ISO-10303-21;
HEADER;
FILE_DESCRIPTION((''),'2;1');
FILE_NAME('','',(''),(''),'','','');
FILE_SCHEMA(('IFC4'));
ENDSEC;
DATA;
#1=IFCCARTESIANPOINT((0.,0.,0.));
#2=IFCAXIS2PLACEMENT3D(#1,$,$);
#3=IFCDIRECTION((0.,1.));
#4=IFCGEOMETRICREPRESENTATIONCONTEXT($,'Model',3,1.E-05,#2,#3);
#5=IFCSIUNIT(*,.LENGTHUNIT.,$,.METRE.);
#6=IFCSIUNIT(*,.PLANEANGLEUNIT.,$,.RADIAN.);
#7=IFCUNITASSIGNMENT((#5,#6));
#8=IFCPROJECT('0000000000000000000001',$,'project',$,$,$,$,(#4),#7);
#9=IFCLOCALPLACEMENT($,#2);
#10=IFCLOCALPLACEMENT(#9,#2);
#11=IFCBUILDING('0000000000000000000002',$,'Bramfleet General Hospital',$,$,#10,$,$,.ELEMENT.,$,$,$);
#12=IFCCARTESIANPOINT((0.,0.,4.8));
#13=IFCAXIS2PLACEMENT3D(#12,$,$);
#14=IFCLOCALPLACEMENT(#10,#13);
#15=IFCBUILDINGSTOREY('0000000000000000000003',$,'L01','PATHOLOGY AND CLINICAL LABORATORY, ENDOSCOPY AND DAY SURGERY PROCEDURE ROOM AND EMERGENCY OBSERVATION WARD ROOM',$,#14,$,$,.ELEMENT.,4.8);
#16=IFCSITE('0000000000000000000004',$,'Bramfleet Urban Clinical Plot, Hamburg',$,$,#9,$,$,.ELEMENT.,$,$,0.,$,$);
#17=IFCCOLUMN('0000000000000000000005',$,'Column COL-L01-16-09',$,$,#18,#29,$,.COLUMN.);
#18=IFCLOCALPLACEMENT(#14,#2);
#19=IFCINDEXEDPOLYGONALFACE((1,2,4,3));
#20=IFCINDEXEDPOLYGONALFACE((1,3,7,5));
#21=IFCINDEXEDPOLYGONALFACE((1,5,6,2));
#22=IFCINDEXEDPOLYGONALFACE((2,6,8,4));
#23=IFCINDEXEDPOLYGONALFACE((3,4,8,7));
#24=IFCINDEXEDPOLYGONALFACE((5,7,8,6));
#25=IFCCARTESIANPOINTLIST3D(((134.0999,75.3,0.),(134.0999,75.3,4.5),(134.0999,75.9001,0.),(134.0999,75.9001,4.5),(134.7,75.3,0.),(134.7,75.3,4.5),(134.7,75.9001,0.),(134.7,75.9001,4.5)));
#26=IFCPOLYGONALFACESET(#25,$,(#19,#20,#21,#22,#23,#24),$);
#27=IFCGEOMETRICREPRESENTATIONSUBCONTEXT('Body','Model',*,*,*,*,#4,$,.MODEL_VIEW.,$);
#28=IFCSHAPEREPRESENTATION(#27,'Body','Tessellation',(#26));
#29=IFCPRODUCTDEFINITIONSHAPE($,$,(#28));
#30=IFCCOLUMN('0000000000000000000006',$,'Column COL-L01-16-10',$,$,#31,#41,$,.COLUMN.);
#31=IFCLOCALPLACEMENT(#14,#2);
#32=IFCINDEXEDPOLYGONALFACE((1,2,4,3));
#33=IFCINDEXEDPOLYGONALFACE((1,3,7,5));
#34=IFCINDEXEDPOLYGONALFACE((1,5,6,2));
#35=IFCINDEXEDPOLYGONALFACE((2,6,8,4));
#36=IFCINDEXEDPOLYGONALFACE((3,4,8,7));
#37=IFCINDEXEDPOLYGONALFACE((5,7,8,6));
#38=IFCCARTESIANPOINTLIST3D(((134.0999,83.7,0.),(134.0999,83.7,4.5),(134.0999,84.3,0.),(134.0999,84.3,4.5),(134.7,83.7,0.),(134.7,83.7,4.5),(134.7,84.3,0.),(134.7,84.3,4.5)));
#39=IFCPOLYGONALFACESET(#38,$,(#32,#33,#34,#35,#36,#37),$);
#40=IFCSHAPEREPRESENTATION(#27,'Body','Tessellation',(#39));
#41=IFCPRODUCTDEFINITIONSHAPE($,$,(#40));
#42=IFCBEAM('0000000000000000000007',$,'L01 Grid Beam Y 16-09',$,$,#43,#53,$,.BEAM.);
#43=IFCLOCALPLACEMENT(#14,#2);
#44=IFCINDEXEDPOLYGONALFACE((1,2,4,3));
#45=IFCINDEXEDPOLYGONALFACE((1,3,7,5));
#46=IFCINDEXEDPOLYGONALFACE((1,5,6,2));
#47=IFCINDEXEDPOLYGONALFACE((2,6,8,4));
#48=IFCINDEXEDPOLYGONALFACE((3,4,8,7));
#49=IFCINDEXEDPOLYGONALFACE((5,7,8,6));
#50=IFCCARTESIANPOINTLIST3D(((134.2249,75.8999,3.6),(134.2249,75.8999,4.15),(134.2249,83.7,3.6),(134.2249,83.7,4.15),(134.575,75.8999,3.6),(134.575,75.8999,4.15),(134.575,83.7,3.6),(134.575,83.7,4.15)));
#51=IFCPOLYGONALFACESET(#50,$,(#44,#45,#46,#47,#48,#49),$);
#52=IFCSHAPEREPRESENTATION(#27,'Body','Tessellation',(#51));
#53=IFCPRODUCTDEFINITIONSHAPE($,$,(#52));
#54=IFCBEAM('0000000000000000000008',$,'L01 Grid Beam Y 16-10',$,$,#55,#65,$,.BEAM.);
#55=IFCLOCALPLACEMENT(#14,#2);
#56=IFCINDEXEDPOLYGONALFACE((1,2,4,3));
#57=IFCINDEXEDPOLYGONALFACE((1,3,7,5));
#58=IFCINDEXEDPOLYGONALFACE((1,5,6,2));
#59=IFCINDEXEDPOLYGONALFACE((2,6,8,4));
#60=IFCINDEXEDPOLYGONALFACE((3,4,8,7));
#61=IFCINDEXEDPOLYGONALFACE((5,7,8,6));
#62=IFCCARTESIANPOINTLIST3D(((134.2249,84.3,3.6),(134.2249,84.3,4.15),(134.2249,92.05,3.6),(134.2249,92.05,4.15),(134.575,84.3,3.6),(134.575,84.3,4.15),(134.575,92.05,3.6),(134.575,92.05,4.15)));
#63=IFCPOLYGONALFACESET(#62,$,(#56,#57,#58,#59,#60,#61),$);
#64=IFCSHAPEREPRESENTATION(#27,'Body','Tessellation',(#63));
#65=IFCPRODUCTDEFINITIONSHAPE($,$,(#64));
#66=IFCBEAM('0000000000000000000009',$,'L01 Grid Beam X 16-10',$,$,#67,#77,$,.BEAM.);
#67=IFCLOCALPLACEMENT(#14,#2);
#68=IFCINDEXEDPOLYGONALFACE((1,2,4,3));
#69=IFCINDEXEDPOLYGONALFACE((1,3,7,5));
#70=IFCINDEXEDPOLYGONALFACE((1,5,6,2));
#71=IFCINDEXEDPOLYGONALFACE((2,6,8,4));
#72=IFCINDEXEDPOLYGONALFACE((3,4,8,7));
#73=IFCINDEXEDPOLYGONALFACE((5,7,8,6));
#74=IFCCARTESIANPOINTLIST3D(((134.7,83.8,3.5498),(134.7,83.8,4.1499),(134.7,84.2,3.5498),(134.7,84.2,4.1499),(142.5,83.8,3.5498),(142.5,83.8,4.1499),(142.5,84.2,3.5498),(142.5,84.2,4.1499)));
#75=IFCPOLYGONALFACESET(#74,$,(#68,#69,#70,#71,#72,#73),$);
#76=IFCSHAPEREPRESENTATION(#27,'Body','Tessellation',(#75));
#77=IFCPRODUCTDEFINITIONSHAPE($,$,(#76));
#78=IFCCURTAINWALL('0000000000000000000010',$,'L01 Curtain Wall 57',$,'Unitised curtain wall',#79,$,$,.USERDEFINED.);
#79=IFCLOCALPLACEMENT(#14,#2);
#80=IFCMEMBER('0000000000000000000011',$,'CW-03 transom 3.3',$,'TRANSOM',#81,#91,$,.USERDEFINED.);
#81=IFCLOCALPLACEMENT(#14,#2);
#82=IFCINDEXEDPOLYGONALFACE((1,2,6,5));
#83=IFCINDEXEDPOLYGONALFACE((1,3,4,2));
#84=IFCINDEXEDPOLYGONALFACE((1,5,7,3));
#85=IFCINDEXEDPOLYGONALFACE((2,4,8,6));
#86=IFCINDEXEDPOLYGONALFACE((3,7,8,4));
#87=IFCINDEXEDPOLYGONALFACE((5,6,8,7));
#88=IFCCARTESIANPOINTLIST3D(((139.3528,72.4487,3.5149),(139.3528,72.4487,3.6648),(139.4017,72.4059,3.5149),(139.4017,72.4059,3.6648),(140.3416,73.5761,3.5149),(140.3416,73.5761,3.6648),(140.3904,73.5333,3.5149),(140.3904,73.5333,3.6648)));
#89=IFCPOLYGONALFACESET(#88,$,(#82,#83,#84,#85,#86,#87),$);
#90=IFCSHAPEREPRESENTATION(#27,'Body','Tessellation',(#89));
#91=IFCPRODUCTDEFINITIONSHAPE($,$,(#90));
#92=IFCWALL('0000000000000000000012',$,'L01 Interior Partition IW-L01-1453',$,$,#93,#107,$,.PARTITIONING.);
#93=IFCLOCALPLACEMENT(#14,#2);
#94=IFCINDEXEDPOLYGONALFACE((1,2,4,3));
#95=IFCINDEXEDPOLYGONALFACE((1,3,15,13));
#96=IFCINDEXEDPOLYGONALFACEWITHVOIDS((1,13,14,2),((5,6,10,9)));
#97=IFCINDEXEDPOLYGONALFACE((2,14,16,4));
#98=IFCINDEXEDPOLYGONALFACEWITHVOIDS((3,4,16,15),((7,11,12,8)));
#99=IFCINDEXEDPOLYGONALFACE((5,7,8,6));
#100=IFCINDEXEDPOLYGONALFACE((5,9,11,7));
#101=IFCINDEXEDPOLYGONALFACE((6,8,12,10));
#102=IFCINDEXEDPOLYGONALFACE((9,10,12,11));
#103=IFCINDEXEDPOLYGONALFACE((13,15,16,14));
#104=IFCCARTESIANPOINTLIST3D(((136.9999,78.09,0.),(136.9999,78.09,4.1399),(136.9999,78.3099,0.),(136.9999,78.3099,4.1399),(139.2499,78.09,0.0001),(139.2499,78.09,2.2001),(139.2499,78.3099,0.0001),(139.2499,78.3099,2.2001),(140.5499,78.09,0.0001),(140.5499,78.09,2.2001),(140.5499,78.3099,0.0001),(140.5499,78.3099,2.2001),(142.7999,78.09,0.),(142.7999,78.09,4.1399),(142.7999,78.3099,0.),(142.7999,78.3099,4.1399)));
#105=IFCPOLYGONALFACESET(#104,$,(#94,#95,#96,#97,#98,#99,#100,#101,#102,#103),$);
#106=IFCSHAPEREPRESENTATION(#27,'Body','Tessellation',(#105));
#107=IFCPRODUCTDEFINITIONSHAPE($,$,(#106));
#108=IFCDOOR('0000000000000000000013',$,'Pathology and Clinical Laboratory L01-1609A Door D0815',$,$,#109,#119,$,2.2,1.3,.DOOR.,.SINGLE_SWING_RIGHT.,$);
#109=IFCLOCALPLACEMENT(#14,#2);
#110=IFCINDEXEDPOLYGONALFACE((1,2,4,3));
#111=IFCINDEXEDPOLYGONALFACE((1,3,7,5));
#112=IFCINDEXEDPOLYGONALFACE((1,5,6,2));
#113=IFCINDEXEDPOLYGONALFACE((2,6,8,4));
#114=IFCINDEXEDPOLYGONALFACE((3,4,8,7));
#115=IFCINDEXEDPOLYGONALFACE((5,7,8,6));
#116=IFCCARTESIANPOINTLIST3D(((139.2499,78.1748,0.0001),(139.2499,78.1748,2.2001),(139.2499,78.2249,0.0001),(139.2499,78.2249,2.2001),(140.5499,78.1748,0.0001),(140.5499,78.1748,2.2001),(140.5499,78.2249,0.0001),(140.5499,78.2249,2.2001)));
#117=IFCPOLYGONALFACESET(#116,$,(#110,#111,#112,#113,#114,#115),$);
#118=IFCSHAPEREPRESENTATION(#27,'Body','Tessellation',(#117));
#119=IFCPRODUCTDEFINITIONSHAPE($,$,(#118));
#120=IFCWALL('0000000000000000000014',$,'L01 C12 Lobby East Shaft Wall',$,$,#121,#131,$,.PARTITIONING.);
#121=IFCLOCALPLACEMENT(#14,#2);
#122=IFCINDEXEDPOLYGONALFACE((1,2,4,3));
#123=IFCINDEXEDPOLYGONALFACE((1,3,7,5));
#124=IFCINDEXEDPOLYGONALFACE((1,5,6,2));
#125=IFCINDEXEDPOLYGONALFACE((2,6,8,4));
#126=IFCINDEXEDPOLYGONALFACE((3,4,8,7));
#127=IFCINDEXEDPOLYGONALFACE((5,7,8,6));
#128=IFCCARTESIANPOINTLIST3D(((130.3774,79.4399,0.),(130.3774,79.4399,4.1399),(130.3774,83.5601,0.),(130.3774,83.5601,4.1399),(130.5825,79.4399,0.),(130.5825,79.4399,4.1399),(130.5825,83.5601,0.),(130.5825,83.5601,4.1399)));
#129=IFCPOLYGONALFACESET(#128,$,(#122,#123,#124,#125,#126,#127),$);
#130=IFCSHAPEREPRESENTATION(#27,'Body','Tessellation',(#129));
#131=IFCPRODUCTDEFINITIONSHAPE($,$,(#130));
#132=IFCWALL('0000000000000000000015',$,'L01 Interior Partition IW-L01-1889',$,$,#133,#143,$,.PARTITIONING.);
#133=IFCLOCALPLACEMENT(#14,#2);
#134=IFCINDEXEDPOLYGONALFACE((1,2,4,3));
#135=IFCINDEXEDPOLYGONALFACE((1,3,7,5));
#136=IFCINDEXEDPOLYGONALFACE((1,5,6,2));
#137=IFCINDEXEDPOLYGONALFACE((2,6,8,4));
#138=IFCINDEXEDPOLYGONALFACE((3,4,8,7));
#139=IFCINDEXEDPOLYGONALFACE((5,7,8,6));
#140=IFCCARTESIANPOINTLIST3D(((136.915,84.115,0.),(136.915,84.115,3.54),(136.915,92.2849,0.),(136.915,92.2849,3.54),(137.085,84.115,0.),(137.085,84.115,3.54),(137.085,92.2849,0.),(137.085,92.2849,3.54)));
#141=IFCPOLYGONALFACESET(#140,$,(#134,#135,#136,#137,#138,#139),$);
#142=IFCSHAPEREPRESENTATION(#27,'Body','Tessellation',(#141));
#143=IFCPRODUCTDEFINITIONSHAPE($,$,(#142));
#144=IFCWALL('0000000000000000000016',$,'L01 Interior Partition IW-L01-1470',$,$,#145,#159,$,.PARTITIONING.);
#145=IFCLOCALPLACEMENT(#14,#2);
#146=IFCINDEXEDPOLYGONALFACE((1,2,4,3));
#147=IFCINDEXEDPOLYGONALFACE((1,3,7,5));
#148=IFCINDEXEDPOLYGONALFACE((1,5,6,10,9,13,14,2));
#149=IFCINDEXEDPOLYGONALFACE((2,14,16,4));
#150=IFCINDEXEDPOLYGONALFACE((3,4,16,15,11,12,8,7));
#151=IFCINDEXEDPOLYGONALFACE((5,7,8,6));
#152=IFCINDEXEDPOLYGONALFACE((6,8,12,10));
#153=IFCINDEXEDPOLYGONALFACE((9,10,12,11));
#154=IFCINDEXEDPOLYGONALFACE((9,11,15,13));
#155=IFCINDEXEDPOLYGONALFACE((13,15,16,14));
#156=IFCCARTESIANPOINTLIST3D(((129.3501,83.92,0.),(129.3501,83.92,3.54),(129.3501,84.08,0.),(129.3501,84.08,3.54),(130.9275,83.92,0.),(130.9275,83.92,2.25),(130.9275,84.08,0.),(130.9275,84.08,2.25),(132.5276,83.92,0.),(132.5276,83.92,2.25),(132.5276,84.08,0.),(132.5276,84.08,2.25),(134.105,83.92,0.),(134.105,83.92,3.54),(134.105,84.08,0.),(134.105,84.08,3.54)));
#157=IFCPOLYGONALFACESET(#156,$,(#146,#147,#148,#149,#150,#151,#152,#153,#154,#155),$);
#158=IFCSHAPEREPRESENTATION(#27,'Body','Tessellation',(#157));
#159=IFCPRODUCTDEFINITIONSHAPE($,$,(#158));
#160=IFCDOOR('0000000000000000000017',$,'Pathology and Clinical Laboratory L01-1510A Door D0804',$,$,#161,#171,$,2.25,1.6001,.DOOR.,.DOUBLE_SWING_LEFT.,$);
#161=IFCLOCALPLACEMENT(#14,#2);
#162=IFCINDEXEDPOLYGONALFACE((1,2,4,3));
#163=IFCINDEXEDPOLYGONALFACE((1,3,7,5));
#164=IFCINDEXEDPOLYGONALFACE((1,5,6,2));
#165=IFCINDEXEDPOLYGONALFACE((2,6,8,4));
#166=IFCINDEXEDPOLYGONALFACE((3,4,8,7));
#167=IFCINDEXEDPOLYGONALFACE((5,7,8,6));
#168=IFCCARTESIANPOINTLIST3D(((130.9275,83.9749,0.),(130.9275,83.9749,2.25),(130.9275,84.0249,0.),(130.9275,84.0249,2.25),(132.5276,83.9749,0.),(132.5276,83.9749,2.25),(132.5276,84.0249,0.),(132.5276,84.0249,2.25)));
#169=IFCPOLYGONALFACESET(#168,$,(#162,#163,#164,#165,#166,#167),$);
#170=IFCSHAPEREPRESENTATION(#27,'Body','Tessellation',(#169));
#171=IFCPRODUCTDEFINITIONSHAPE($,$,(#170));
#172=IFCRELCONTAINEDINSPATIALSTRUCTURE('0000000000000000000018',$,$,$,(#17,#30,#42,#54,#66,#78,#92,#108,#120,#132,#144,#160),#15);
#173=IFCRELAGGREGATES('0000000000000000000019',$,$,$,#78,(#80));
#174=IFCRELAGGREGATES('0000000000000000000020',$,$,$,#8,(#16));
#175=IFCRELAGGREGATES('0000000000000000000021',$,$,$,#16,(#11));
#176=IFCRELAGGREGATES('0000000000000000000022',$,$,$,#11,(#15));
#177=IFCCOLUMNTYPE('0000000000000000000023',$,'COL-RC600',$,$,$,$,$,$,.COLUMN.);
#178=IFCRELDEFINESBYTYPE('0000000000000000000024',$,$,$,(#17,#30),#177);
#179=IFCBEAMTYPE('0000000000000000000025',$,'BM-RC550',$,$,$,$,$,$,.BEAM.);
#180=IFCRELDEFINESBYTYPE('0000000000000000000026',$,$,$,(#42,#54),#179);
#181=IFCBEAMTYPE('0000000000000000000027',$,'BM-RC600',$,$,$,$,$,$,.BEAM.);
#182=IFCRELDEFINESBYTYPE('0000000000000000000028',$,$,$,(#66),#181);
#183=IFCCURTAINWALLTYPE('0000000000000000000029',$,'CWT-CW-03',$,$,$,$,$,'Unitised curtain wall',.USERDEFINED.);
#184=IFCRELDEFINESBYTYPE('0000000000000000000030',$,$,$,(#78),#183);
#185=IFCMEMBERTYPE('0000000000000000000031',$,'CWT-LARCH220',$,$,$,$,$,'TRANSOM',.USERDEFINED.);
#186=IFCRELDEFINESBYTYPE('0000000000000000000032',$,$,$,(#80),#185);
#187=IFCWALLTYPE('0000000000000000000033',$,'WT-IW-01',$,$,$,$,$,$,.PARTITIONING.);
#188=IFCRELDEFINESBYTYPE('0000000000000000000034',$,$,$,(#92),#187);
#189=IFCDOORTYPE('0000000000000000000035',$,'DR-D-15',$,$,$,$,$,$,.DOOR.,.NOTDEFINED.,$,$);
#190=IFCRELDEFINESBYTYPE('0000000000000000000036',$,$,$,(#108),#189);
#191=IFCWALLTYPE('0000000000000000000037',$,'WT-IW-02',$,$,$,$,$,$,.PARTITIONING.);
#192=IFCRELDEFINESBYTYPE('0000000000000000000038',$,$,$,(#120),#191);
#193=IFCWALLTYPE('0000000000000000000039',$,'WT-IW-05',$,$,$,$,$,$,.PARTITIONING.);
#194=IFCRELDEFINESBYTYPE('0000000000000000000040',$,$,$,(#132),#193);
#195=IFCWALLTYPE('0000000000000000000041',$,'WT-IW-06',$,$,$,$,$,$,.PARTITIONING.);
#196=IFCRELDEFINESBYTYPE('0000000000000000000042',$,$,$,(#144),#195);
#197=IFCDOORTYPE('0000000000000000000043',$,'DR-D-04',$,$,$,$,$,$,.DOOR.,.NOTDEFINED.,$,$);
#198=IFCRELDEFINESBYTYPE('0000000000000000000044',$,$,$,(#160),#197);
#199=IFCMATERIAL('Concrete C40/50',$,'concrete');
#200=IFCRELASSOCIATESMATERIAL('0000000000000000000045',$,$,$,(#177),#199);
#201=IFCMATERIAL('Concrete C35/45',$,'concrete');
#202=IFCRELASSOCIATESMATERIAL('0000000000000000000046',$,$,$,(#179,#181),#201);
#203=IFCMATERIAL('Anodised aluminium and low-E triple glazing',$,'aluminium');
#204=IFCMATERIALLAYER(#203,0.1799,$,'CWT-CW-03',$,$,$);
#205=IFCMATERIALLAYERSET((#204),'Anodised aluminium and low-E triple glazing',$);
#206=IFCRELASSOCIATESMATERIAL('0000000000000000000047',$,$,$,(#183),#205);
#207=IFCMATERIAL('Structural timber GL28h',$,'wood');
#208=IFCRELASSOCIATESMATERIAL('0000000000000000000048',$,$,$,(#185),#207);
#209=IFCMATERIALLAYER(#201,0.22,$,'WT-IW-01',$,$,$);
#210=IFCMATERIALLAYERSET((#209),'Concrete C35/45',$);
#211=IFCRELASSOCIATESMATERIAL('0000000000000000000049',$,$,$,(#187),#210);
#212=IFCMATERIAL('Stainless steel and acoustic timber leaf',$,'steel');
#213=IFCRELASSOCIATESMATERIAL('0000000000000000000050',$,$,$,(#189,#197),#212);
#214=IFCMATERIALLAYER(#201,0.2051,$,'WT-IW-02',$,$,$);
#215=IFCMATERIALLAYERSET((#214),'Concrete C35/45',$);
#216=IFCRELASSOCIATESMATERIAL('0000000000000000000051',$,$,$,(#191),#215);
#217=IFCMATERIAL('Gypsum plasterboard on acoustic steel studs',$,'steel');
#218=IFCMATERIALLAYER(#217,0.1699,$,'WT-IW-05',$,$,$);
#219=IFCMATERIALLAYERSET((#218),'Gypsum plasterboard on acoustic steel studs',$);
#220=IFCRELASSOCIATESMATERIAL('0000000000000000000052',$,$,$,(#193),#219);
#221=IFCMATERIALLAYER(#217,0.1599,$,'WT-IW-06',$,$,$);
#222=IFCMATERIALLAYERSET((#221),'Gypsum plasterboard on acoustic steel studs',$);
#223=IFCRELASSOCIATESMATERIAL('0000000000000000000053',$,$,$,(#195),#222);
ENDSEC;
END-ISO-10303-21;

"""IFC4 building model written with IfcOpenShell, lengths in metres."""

from ifc_helpers import new_model, si_unit, direction, frame, frame_2d, origin, origin_2d, place, context, subcontext, project, spatial, rectangle, extrude, material, layer, layer_set, material_profile, profile_set, type_object, element, fill, aggregate, save


model = new_model("IFC4")

# Units and contexts
model_context = context("Model", 3, precision=1e-05, world=origin(), true_north=direction((0.0, 1.0)))
body_context = subcontext(model_context, "Body", "Model", "MODEL_VIEW")
ifc_project = project(units=[si_unit("LENGTHUNIT", "METRE"), si_unit("PLANEANGLEUNIT", "RADIAN")], contexts=[model_context])

# Site, building, storey
site_placement = place(None, origin())
site = spatial("IfcSite", under=ifc_project, at=site_placement, Name="Bramfleet Urban Clinical Plot, Hamburg", CompositionType="ELEMENT", RefElevation=0.0)
building_placement = place(site_placement, origin())
building = spatial("IfcBuilding", under=site, at=building_placement, Name="Bramfleet General Hospital", CompositionType="ELEMENT")
storey_placement = place(building_placement, frame((0.0, 0.0, 4.8)))
storey = spatial("IfcBuildingStorey", under=building, at=storey_placement, Name="L01", Description="PATHOLOGY AND CLINICAL LABORATORY, ENDOSCOPY AND DAY SURGERY PROCEDURE ROOM AND EMERGENCY OBSERVATION WARD ROOM", CompositionType="ELEMENT", Elevation=4.8)

# Columns
ifc_material_1 = material(Name="Concrete C40/50", Category="concrete")
ifc_material_profile_1 = material_profile(ifc_material_1, rectangle(XDim=0.6001, YDim=0.6001, at=origin_2d()), Name="RC COL 600x600")
ifc_profile_set_1 = profile_set([ifc_material_profile_1], Name="Concrete C40/50")
column_type = type_object("IfcColumnType", Name="COL-RC600", PredefinedType="COLUMN", material=ifc_profile_set_1)
for number, where, z_axis, x_axis, name in (
    (1, (134.3999, 75.6001, 0.0), (0.0, 0.0, 1.0), (1.0, 0.0, 0.0), "Column COL-L01-16-09"),
    (2, (134.3999, 84.0, 0.0), (0.0, 0.0, 1.0), (1.0, 0.0, 0.0), "Column COL-L01-16-10"),
):
    element("IfcColumn", number, at=place(storey_placement, frame(where, z_axis=z_axis, x_axis=x_axis)), inside=storey, type_object=column_type, Name=name, PredefinedType="COLUMN", context=body_context, shape_type="SweptSolid", body=[
        extrude(rectangle(XDim=0.6001, YDim=0.6001, at=origin_2d()), origin(), (0.0, 0.0, 1.0), 4.5),
    ])

# Beams
ifc_material_2 = material(Name="Concrete C35/45", Category="concrete")
ifc_material_profile_2 = material_profile(ifc_material_2, rectangle(XDim=0.3501, YDim=0.55, at=origin_2d()), Name="RC BM 550x350")
ifc_profile_set_2 = profile_set([ifc_material_profile_2], Name="Concrete C35/45")
beam_type_1 = type_object("IfcBeamType", Name="BM-RC550", PredefinedType="BEAM", material=ifc_profile_set_2)
beam_1_placement = place(storey_placement, frame((134.3999, 75.8999, 3.875), z_axis=(0.0, 1.0, 0.0), x_axis=(-1.0, 0.0, 0.0)))
element("IfcBeam", 3, at=beam_1_placement, inside=storey, type_object=beam_type_1, Name="L01 Grid Beam Y 16-09", PredefinedType="BEAM", context=body_context, shape_type="SweptSolid", body=[
    extrude(rectangle(XDim=0.3501, YDim=0.55, at=origin_2d()), origin(), (0.0, 0.0, 1.0), 7.8),
])
beam_2_placement = place(storey_placement, frame((134.3999, 84.3, 3.875), z_axis=(0.0, 1.0, 0.0), x_axis=(-1.0, 0.0, 0.0)))
element("IfcBeam", 4, at=beam_2_placement, inside=storey, type_object=beam_type_1, Name="L01 Grid Beam Y 16-10", PredefinedType="BEAM", context=body_context, shape_type="SweptSolid", body=[
    extrude(rectangle(XDim=0.3501, YDim=0.55, at=origin_2d()), origin(), (0.0, 0.0, 1.0), 7.75),
])
ifc_material_profile_3 = material_profile(ifc_material_2, rectangle(XDim=0.3999, YDim=0.6001, at=origin_2d()), Name="RC BM 600x400")
ifc_profile_set_3 = profile_set([ifc_material_profile_3], Name="Concrete C35/45")
beam_type_2 = type_object("IfcBeamType", Name="BM-RC600", PredefinedType="BEAM", material=ifc_profile_set_3)
beam_3_placement = place(storey_placement, frame((134.7, 84.0, 3.8499), z_axis=(1.0, 0.0, 0.0), x_axis=(0.0, 1.0, 0.0)))
element("IfcBeam", 5, at=beam_3_placement, inside=storey, type_object=beam_type_2, Name="L01 Grid Beam X 16-10", PredefinedType="BEAM", context=body_context, shape_type="SweptSolid", body=[
    extrude(rectangle(XDim=0.3999, YDim=0.6001, at=origin_2d()), origin(), (0.0, 0.0, 1.0), 7.8),
])

# Curtain wall, member
ifc_material_3 = material(Name="Anodised aluminium and low-E triple glazing", Category="aluminium")
ifc_layer_1 = layer(ifc_material_3, 0.1799, Name="CWT-CW-03")
ifc_layer_set_1 = layer_set([ifc_layer_1], Name="Anodised aluminium and low-E triple glazing")
curtain_wall_type = type_object("IfcCurtainWallType", Name="CWT-CW-03", ElementType="Unitised curtain wall", PredefinedType="USERDEFINED", material=ifc_layer_set_1)
curtain_wall_placement = place(storey_placement, origin())
curtain_wall = element("IfcCurtainWall", 6, at=curtain_wall_placement, inside=storey, type_object=curtain_wall_type, Name="L01 Curtain Wall 57", ObjectType="Unitised curtain wall", PredefinedType="USERDEFINED")
ifc_material_4 = material(Name="Structural timber GL28h", Category="wood")
ifc_material_profile_4 = material_profile(ifc_material_4, rectangle(XDim=0.0649, YDim=0.1499, at=origin_2d()), Name="LARCH 150x65")
ifc_profile_set_4 = profile_set([ifc_material_profile_4], Name="Structural timber GL28h")
member_type = type_object("IfcMemberType", Name="CWT-LARCH220", ElementType="TRANSOM", PredefinedType="USERDEFINED", material=ifc_profile_set_4)
member_placement = place(storey_placement, frame((140.366, 73.5547, 3.5898), z_axis=(-0.659357, -0.75183, 0.0), x_axis=(0.75183, -0.659357, 0.0)))
member = element("IfcMember", 7, at=member_placement, type_object=member_type, Name="CW-03 transom 3.3", ObjectType="TRANSOM", PredefinedType="USERDEFINED", context=body_context, shape_type="SweptSolid", body=[
    extrude(rectangle(XDim=0.0649, YDim=0.1499, at=origin_2d()), origin(), (0.0, 0.0, 1.0), 1.4995),
])
aggregate(curtain_wall, [member])

# Wall, opening, door
ifc_layer_2 = layer(ifc_material_2, 0.22, Name="WT-IW-01")
ifc_layer_set_2 = layer_set([ifc_layer_2], Name="Concrete C35/45")
wall_type_1 = type_object("IfcWallType", Name="WT-IW-01", PredefinedType="PARTITIONING", material=ifc_layer_set_2)
wall_1_placement = place(storey_placement, frame((137.0, 78.2, 0.0), z_axis=(0.0, 0.0, 1.0), x_axis=(1.0, 0.0, 0.0)))
wall_1 = element("IfcWall", 8, at=wall_1_placement, inside=storey, type_object=wall_type_1, Name="L01 Interior Partition IW-L01-1453", PredefinedType="PARTITIONING", context=body_context, shape_type="SweptSolid", body=[
    extrude(rectangle(XDim=5.8, YDim=0.22, at=frame_2d((2.8999, 0.0))), origin(), (0.0, 0.0, 1.0), 4.1399),
])
opening_1_placement = place(wall_1_placement, frame((2.25, 0.0, 0.0)))
opening_1 = element("IfcOpeningElement", 9, at=opening_1_placement, cuts=wall_1, PredefinedType="OPENING", context=body_context, shape_type="SweptSolid", body=[
    extrude(rectangle(XDim=1.3, YDim=2.2, at=frame_2d((0.6499, 1.1001))), frame((0.0, 0.1199, 0.0), z_axis=(0.0, -1.0, 0.0), x_axis=(1.0, 0.0, 0.0)), (0.0, 0.0, 1.0), 0.24),
])
ifc_material_5 = material(Name="Stainless steel and acoustic timber leaf", Category="steel")
door_type_1 = type_object("IfcDoorType", Name="DR-D-15", OperationType="NOTDEFINED", PredefinedType="DOOR", material=ifc_material_5)
door_1_placement = place(opening_1_placement, origin())
door_1 = element("IfcDoor", 10, at=door_1_placement, inside=storey, type_object=door_type_1, Name="Pathology and Clinical Laboratory L01-1609A Door D0815", OperationType="SINGLE_SWING_RIGHT", OverallHeight=2.2, OverallWidth=1.3, PredefinedType="DOOR", context=body_context, shape_type="SweptSolid", body=[
    extrude(rectangle(XDim=1.3, YDim=2.2, at=frame_2d((0.6499, 1.1001))), frame((0.0, 0.0249, 0.0), z_axis=(0.0, -1.0, 0.0), x_axis=(1.0, 0.0, 0.0)), (0.0, 0.0, 1.0), 0.05),
])
fill(opening_1, door_1)

# Walls
ifc_layer_3 = layer(ifc_material_2, 0.2051, Name="WT-IW-02")
ifc_layer_set_3 = layer_set([ifc_layer_3], Name="Concrete C35/45")
wall_type_2 = type_object("IfcWallType", Name="WT-IW-02", PredefinedType="PARTITIONING", material=ifc_layer_set_3)
wall_2_placement = place(storey_placement, frame((130.48, 79.4399, 0.0), z_axis=(0.0, 0.0, 1.0), x_axis=(0.0, 1.0, 0.0)))
element("IfcWall", 11, at=wall_2_placement, inside=storey, type_object=wall_type_2, Name="L01 C12 Lobby East Shaft Wall", PredefinedType="PARTITIONING", context=body_context, shape_type="SweptSolid", body=[
    extrude(rectangle(XDim=4.1201, YDim=0.2051, at=frame_2d((2.0601, 0.0))), origin(), (0.0, 0.0, 1.0), 4.1399),
])
ifc_material_6 = material(Name="Gypsum plasterboard on acoustic steel studs", Category="steel")
ifc_layer_4 = layer(ifc_material_6, 0.1699, Name="WT-IW-05")
ifc_layer_set_4 = layer_set([ifc_layer_4], Name="Gypsum plasterboard on acoustic steel studs")
wall_type_3 = type_object("IfcWallType", Name="WT-IW-05", PredefinedType="PARTITIONING", material=ifc_layer_set_4)
wall_3_placement = place(storey_placement, frame((137.0, 84.115, 0.0), z_axis=(0.0, 0.0, 1.0), x_axis=(0.0, 1.0, 0.0)))
element("IfcWall", 12, at=wall_3_placement, inside=storey, type_object=wall_type_3, Name="L01 Interior Partition IW-L01-1889", PredefinedType="PARTITIONING", context=body_context, shape_type="SweptSolid", body=[
    extrude(rectangle(XDim=8.1699, YDim=0.1699, at=frame_2d((4.085, 0.0))), origin(), (0.0, 0.0, 1.0), 3.54),
])

# Wall, opening, door
ifc_layer_5 = layer(ifc_material_6, 0.1599, Name="WT-IW-06")
ifc_layer_set_5 = layer_set([ifc_layer_5], Name="Gypsum plasterboard on acoustic steel studs")
wall_type_4 = type_object("IfcWallType", Name="WT-IW-06", PredefinedType="PARTITIONING", material=ifc_layer_set_5)
wall_4_placement = place(storey_placement, frame((129.3501, 84.0, 0.0), z_axis=(0.0, 0.0, 1.0), x_axis=(1.0, 0.0, 0.0)))
wall_4 = element("IfcWall", 13, at=wall_4_placement, inside=storey, type_object=wall_type_4, Name="L01 Interior Partition IW-L01-1470", PredefinedType="PARTITIONING", context=body_context, shape_type="SweptSolid", body=[
    extrude(rectangle(XDim=4.7549, YDim=0.1599, at=frame_2d((2.3774, 0.0))), origin(), (0.0, 0.0, 1.0), 3.54),
])
opening_2_placement = place(wall_4_placement, frame((1.5774, 0.0, 0.0)))
opening_2 = element("IfcOpeningElement", 14, at=opening_2_placement, cuts=wall_4, PredefinedType="OPENING", context=body_context, shape_type="SweptSolid", body=[
    extrude(rectangle(XDim=1.6001, YDim=2.25, at=frame_2d((0.8, 1.125))), frame((0.0, 0.0898, 0.0), z_axis=(0.0, -1.0, 0.0), x_axis=(1.0, 0.0, 0.0)), (0.0, 0.0, 1.0), 0.1799),
])
door_type_2 = type_object("IfcDoorType", Name="DR-D-04", OperationType="NOTDEFINED", PredefinedType="DOOR", material=ifc_material_5)
door_2_placement = place(opening_2_placement, origin())
door_2 = element("IfcDoor", 15, at=door_2_placement, inside=storey, type_object=door_type_2, Name="Pathology and Clinical Laboratory L01-1510A Door D0804", OperationType="DOUBLE_SWING_LEFT", OverallHeight=2.25, OverallWidth=1.6001, PredefinedType="DOOR", context=body_context, shape_type="SweptSolid", body=[
    extrude(rectangle(XDim=1.6001, YDim=2.25, at=frame_2d((0.8, 1.125))), frame((0.0, 0.0249, 0.0), z_axis=(0.0, -1.0, 0.0), x_axis=(1.0, 0.0, 0.0)), (0.0, 0.0, 1.0), 0.05),
])
fill(opening_2, door_2)

save(model, "model.ifc")
